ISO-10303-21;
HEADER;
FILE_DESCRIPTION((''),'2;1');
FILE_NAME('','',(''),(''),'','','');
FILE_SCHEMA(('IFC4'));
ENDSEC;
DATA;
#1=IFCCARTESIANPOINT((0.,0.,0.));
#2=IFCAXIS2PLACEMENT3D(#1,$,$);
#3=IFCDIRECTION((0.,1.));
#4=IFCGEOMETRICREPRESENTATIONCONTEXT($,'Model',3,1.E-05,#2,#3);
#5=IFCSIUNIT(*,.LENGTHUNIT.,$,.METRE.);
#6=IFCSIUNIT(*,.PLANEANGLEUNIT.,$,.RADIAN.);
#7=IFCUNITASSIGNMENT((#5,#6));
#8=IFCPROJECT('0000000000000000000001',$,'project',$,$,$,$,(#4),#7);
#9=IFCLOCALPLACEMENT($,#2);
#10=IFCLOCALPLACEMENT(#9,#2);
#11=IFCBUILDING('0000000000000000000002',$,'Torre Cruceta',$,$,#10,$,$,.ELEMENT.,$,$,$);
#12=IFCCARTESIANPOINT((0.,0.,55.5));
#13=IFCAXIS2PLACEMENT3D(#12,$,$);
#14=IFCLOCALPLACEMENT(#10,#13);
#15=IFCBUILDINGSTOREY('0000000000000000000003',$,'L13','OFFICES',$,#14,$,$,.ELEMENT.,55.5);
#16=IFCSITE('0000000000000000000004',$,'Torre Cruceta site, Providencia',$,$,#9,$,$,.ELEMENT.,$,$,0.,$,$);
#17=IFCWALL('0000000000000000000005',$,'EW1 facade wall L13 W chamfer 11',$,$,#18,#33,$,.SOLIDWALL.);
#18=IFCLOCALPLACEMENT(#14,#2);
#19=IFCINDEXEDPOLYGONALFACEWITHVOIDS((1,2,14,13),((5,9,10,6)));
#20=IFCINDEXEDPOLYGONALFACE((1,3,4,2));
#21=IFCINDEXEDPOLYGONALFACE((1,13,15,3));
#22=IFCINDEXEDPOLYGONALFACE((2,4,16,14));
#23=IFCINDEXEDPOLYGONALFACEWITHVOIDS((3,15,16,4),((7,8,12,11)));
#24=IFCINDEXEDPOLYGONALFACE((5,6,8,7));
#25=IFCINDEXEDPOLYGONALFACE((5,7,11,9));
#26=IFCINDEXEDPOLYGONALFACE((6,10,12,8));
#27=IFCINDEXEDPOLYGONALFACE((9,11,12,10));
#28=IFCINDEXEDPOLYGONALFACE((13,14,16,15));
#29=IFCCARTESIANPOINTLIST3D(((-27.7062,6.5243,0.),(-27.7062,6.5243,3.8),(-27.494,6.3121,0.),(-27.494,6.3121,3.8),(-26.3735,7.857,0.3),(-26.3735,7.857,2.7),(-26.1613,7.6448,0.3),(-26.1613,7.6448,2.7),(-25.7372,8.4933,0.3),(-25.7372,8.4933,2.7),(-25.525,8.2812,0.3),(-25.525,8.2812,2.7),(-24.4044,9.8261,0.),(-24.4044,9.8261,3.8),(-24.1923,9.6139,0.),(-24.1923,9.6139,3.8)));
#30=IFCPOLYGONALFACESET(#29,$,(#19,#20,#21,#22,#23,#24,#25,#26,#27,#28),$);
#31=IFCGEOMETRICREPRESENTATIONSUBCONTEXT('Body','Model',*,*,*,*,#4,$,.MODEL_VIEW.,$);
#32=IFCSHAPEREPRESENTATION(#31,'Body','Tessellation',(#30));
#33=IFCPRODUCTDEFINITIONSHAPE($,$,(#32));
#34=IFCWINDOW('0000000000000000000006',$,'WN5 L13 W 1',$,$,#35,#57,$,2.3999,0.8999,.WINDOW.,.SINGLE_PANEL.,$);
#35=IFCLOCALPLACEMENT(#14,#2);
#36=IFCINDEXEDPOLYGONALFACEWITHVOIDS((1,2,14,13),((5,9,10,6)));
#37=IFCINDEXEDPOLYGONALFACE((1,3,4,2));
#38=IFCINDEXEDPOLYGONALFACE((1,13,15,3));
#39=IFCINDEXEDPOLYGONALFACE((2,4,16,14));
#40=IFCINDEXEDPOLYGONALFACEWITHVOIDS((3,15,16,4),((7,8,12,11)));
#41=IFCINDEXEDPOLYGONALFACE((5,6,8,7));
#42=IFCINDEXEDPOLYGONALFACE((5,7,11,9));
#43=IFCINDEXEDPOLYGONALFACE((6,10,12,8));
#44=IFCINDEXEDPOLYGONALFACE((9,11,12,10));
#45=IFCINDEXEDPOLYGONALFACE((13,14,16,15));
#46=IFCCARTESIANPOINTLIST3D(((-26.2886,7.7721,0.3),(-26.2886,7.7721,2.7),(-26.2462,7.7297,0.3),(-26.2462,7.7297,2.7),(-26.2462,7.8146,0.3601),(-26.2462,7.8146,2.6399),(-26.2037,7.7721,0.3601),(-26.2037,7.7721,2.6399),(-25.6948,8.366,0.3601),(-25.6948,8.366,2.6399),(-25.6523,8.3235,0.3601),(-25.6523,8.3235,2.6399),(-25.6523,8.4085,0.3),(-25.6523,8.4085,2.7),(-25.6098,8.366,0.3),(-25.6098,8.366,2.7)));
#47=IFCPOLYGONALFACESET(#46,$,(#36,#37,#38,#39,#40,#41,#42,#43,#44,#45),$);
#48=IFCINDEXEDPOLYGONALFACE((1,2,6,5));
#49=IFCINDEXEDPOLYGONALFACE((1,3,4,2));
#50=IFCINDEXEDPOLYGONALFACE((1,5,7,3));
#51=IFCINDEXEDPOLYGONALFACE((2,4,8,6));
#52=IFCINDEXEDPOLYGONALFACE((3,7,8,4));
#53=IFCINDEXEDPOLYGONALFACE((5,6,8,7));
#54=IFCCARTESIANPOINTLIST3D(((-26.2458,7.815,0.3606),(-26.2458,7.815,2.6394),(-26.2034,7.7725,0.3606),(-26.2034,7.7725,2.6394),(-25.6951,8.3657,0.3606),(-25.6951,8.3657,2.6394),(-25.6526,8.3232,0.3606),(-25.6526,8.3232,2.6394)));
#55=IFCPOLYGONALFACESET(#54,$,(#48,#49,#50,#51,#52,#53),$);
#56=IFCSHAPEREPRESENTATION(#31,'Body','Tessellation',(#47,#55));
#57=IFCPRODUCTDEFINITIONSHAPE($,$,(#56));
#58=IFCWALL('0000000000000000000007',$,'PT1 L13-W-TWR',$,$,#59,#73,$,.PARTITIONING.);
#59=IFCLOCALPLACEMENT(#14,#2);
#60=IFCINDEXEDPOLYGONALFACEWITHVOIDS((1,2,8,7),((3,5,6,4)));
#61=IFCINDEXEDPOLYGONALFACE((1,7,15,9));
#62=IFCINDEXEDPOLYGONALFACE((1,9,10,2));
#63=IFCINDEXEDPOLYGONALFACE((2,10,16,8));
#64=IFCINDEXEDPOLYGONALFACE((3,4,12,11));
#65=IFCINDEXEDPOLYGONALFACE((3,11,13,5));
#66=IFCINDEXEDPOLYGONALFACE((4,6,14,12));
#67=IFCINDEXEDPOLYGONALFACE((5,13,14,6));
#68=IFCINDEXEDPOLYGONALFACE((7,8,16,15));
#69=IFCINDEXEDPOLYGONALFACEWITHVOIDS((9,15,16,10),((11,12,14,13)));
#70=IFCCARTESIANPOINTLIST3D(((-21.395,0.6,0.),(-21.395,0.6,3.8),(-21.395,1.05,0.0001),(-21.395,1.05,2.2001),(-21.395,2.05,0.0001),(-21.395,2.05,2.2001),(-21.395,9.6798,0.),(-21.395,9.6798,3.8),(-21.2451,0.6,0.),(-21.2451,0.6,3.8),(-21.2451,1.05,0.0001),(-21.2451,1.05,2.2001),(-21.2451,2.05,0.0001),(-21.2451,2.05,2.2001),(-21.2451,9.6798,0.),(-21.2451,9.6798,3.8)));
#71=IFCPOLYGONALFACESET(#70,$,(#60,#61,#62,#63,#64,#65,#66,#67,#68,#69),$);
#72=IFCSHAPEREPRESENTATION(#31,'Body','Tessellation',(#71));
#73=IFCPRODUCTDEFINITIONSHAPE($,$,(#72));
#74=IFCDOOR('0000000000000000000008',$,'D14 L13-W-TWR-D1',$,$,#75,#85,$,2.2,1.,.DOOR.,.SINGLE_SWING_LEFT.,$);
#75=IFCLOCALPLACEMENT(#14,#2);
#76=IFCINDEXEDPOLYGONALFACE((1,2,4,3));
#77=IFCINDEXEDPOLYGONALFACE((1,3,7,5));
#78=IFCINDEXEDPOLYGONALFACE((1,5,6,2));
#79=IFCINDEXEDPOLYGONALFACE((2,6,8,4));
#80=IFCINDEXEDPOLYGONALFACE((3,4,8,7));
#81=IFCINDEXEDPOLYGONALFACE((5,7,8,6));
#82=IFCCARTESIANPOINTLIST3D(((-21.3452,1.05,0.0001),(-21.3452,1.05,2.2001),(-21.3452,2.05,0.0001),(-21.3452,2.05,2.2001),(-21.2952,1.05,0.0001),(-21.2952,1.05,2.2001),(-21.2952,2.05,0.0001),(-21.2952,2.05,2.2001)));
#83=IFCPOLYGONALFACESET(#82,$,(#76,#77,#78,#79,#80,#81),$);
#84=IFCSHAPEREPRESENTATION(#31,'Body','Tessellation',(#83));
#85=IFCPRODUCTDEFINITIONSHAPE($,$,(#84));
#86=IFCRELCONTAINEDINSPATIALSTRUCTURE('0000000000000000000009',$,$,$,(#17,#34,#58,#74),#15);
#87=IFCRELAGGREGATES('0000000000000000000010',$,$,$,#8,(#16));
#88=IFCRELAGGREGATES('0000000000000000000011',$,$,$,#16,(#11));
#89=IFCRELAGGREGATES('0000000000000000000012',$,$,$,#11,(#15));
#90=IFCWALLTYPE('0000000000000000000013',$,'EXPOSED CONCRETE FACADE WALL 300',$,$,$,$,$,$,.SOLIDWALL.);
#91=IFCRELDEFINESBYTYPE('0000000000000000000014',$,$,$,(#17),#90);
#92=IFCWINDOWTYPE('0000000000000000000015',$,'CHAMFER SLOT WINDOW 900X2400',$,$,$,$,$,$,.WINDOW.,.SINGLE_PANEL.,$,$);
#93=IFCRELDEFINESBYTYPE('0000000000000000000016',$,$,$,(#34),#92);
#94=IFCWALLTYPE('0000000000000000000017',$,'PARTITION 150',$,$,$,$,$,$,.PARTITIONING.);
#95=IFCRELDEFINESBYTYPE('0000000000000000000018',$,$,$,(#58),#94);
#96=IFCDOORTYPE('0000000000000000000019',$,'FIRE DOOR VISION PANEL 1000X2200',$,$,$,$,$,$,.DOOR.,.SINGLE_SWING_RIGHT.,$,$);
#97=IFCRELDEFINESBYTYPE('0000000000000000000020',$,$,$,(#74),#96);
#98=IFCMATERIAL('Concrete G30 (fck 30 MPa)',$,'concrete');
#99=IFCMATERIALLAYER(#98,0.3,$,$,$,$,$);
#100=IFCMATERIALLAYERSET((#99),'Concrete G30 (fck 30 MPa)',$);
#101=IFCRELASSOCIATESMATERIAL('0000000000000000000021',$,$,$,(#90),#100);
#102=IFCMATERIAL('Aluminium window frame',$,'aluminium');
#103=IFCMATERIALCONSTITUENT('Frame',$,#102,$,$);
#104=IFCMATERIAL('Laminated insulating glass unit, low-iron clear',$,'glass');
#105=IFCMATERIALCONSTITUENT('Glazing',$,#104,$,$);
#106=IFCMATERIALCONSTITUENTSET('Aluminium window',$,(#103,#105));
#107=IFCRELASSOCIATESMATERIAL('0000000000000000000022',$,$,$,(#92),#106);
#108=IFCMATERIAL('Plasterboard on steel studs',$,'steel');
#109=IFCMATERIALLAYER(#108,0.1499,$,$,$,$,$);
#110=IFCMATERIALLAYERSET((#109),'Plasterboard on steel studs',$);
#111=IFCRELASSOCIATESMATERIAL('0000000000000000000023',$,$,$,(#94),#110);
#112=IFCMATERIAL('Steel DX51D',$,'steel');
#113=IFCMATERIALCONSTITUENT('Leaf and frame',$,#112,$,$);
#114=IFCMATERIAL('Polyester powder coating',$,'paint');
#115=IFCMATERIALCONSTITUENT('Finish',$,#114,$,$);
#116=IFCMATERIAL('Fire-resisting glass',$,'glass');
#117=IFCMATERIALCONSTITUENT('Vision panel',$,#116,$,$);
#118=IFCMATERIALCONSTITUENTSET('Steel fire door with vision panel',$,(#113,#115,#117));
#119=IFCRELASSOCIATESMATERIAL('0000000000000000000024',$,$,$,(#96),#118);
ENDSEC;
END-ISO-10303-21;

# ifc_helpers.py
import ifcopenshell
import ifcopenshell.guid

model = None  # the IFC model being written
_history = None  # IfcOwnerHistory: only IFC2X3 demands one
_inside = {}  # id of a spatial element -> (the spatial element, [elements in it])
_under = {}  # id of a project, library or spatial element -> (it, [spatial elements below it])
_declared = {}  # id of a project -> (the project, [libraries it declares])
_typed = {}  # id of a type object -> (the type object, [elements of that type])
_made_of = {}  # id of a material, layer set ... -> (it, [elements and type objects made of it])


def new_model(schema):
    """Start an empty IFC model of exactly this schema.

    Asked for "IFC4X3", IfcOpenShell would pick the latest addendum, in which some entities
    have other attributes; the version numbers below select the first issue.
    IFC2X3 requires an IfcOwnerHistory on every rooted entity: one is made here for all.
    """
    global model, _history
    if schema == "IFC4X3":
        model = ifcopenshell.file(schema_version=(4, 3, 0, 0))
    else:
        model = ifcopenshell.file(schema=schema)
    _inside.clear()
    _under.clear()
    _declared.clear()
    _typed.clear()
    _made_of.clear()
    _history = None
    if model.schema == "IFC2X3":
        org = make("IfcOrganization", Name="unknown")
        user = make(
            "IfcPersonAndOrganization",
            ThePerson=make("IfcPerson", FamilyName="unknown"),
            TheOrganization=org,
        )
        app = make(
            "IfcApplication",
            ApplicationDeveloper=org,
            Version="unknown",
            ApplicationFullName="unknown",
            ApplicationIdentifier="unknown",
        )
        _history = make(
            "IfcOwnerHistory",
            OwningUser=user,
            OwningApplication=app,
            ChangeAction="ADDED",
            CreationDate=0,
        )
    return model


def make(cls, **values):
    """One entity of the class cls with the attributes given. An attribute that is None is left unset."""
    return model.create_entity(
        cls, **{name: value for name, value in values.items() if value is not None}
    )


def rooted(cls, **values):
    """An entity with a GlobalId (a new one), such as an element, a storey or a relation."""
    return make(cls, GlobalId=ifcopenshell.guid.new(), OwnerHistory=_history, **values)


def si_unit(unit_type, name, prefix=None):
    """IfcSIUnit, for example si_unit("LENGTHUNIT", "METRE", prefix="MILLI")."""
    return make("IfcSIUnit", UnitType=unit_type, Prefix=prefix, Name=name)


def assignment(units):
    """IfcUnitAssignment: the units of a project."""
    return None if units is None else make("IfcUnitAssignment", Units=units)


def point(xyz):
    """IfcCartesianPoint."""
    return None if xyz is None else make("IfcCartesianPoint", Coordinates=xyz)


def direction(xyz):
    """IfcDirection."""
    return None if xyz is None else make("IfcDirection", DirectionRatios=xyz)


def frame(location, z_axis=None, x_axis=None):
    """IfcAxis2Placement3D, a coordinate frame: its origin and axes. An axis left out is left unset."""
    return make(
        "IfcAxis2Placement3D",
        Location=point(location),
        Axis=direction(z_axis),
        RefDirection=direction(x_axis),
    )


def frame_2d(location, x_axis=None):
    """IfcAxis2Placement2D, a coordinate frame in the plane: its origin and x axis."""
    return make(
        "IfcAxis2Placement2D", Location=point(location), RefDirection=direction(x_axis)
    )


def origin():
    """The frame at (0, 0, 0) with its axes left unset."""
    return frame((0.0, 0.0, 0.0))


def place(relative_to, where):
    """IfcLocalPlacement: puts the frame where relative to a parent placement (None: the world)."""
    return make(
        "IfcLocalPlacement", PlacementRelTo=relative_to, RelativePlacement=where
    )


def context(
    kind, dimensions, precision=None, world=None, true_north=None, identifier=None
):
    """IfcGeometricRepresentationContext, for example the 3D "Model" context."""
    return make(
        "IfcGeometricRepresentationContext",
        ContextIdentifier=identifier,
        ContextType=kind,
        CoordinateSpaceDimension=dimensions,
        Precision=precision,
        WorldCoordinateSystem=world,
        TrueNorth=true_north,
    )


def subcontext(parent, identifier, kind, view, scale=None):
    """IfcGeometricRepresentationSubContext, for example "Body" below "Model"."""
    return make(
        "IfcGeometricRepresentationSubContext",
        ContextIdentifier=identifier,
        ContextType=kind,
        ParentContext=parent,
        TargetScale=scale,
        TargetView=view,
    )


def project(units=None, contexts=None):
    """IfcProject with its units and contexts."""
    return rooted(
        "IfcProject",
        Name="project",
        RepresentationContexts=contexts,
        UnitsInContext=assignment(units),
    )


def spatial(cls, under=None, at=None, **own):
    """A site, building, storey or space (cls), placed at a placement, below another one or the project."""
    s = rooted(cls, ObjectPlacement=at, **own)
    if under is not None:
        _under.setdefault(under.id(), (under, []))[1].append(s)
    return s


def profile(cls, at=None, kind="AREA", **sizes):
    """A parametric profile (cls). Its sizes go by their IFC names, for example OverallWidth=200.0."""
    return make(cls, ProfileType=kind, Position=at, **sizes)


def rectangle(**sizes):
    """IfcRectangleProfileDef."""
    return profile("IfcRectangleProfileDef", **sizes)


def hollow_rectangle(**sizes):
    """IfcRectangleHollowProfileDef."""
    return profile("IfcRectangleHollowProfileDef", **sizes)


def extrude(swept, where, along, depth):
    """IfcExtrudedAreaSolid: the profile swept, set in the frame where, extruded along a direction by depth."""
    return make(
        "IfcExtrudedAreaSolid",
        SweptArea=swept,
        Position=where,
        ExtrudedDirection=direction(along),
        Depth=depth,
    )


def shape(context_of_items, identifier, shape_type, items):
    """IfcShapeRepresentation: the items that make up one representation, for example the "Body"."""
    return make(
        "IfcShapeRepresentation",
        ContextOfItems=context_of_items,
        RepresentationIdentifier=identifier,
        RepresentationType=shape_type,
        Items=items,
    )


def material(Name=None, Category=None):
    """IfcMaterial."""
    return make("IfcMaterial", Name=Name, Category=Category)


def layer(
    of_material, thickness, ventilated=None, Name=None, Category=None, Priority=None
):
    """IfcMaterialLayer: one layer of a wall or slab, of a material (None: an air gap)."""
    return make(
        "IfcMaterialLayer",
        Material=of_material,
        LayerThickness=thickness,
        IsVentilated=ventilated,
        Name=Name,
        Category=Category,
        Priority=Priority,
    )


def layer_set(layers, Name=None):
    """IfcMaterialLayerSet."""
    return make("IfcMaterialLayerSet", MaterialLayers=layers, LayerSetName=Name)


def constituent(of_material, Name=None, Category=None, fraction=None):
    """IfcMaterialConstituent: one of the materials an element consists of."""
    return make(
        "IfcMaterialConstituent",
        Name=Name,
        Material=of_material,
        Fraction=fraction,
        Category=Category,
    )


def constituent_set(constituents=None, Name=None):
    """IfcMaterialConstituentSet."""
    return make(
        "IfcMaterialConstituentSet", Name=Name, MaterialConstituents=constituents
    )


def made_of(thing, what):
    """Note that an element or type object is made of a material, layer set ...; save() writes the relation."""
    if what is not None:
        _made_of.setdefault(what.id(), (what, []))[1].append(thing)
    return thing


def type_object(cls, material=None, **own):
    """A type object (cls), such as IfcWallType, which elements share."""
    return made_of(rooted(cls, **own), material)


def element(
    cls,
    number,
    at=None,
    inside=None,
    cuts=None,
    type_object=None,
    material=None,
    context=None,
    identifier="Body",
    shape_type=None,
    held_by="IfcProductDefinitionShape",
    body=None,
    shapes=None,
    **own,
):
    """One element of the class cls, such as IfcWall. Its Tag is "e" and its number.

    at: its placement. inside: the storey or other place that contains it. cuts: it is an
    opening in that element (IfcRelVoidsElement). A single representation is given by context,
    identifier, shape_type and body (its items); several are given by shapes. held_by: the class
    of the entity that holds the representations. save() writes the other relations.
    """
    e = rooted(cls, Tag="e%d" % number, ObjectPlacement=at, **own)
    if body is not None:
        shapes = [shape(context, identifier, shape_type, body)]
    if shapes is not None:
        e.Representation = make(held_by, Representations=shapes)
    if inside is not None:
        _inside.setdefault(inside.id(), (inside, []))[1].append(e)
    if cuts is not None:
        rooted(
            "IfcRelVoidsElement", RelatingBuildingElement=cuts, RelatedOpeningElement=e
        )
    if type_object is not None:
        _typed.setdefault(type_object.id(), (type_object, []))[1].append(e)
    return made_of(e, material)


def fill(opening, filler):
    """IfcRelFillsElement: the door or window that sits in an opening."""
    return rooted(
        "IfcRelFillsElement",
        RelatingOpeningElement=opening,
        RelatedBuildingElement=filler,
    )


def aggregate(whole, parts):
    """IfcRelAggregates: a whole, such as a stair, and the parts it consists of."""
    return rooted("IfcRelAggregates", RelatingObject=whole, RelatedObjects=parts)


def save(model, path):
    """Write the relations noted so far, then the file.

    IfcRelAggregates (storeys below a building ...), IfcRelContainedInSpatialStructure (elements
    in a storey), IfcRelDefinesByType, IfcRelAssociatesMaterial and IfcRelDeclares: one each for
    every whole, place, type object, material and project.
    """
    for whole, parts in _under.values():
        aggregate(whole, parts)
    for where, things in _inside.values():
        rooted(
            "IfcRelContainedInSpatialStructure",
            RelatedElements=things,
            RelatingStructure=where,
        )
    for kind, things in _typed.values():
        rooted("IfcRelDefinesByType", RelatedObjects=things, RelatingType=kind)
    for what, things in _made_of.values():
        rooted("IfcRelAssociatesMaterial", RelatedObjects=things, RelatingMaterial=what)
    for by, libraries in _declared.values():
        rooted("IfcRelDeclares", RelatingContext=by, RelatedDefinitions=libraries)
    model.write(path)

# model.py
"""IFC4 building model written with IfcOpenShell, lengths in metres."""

from ifc_helpers import new_model, si_unit, direction, frame, frame_2d, origin, place, context, subcontext, project, spatial, rectangle, hollow_rectangle, extrude, material, layer, layer_set, constituent, constituent_set, type_object, element, fill, save


model = new_model("IFC4")

# Units and contexts
model_context = context("Model", 3, precision=1e-05, world=origin(), true_north=direction((0.0, 1.0)))
body_context = subcontext(model_context, "Body", "Model", "MODEL_VIEW")
ifc_project = project(units=[si_unit("LENGTHUNIT", "METRE"), si_unit("PLANEANGLEUNIT", "RADIAN")], contexts=[model_context])

# Site, building, storey
site_placement = place(None, origin())
site = spatial("IfcSite", under=ifc_project, at=site_placement, Name="Torre Cruceta site, Providencia", CompositionType="ELEMENT", RefElevation=0.0)
building_placement = place(site_placement, origin())
building = spatial("IfcBuilding", under=site, at=building_placement, Name="Torre Cruceta", CompositionType="ELEMENT")
storey_placement = place(building_placement, frame((0.0, 0.0, 55.5)))
storey = spatial("IfcBuildingStorey", under=building, at=storey_placement, Name="L13", Description="OFFICES", CompositionType="ELEMENT", Elevation=55.5)

# Wall, opening, window
ifc_material_1 = material(Name="Concrete G30 (fck 30 MPa)", Category="concrete")
ifc_layer_1 = layer(ifc_material_1, 0.3)
ifc_layer_set_1 = layer_set([ifc_layer_1], Name="Concrete G30 (fck 30 MPa)")
wall_type_1 = type_object("IfcWallType", Name="EXPOSED CONCRETE FACADE WALL 300", PredefinedType="SOLIDWALL", material=ifc_layer_set_1)
wall_1_placement = place(storey_placement, frame((-24.2983, 9.72, 0.0), z_axis=(0.0, 0.0, 1.0), x_axis=(-0.707107, -0.707107, 0.0)))
wall_1 = element("IfcWall", 1, at=wall_1_placement, inside=storey, type_object=wall_type_1, Name="EW1 facade wall L13 W chamfer 11", PredefinedType="SOLIDWALL", context=body_context, shape_type="SweptSolid", body=[
    extrude(rectangle(XDim=4.6694, YDim=0.3, at=frame_2d((2.3347, 0.0))), origin(), (0.0, 0.0, 1.0), 3.8),
])
opening_1_placement = place(wall_1_placement, frame((1.8848, 0.0, 0.3)))
opening_1 = element("IfcOpeningElement", 2, at=opening_1_placement, cuts=wall_1, PredefinedType="OPENING", context=body_context, shape_type="SweptSolid", body=[
    extrude(rectangle(XDim=0.8999, YDim=2.3999, at=frame_2d((0.45, 1.2))), frame((0.0, 0.1599, 0.0), z_axis=(0.0, -1.0, 0.0), x_axis=(1.0, 0.0, 0.0)), (0.0, 0.0, 1.0), 0.3201),
])
ifc_material_2 = material(Name="Aluminium window frame", Category="aluminium")
ifc_constituent_1 = constituent(ifc_material_2, Name="Frame")
ifc_material_3 = material(Name="Laminated insulating glass unit, low-iron clear", Category="glass")
ifc_constituent_2 = constituent(ifc_material_3, Name="Glazing")
ifc_constituent_set_1 = constituent_set(constituents=[ifc_constituent_1, ifc_constituent_2], Name="Aluminium window")
window_type = type_object("IfcWindowType", Name="CHAMFER SLOT WINDOW 900X2400", PartitioningType="SINGLE_PANEL", PredefinedType="WINDOW", material=ifc_constituent_set_1)
window_placement = place(opening_1_placement, origin())
window = element("IfcWindow", 3, at=window_placement, inside=storey, type_object=window_type, Name="WN5 L13 W 1", OverallHeight=2.3999, OverallWidth=0.8999, PartitioningType="SINGLE_PANEL", PredefinedType="WINDOW", context=body_context, shape_type="SweptSolid", body=[
    extrude(hollow_rectangle(XDim=0.8999, YDim=2.3999, WallThickness=0.0601, at=frame_2d((0.45, 1.2))), frame((0.0, 0.03, 0.0), z_axis=(0.0, -1.0, 0.0), x_axis=(1.0, 0.0, 0.0)), (0.0, 0.0, 1.0), 0.0601),
    extrude(rectangle(XDim=0.7788, YDim=2.2788, at=frame_2d((0.45, 1.2))), frame((0.0, 0.03, 0.0), z_axis=(0.0, -1.0, 0.0), x_axis=(1.0, 0.0, 0.0)), (0.0, 0.0, 1.0), 0.0601),
])
fill(opening_1, window)

# Wall, opening, door
ifc_material_4 = material(Name="Plasterboard on steel studs", Category="steel")
ifc_layer_2 = layer(ifc_material_4, 0.1499)
ifc_layer_set_2 = layer_set([ifc_layer_2], Name="Plasterboard on steel studs")
wall_type_2 = type_object("IfcWallType", Name="PARTITION 150", PredefinedType="PARTITIONING", material=ifc_layer_set_2)
wall_2_placement = place(storey_placement, frame((-21.3201, 9.6799, 0.0), z_axis=(0.0, 0.0, 1.0), x_axis=(0.0, -1.0, 0.0)))
wall_2 = element("IfcWall", 4, at=wall_2_placement, inside=storey, type_object=wall_type_2, Name="PT1 L13-W-TWR", PredefinedType="PARTITIONING", context=body_context, shape_type="SweptSolid", body=[
    extrude(rectangle(XDim=9.0798, YDim=0.1499, at=frame_2d((4.54, 0.0))), origin(), (0.0, 0.0, 1.0), 3.8),
])
opening_2_placement = place(wall_2_placement, frame((7.6299, 0.0, 0.0)))
opening_2 = element("IfcOpeningElement", 5, at=opening_2_placement, cuts=wall_2, PredefinedType="OPENING", context=body_context, shape_type="SweptSolid", body=[
    extrude(rectangle(XDim=1.0, YDim=2.2, at=frame_2d((0.5, 1.1001))), frame((0.0, 0.085, 0.0), z_axis=(0.0, -1.0, 0.0), x_axis=(1.0, 0.0, 0.0)), (0.0, 0.0, 1.0), 0.1699),
])
ifc_material_5 = material(Name="Steel DX51D", Category="steel")
ifc_constituent_3 = constituent(ifc_material_5, Name="Leaf and frame")
ifc_material_6 = material(Name="Polyester powder coating", Category="paint")
ifc_constituent_4 = constituent(ifc_material_6, Name="Finish")
ifc_material_7 = material(Name="Fire-resisting glass", Category="glass")
ifc_constituent_5 = constituent(ifc_material_7, Name="Vision panel")
ifc_constituent_set_2 = constituent_set(constituents=[ifc_constituent_3, ifc_constituent_4, ifc_constituent_5], Name="Steel fire door with vision panel")
door_type = type_object("IfcDoorType", Name="FIRE DOOR VISION PANEL 1000X2200", OperationType="SINGLE_SWING_RIGHT", PredefinedType="DOOR", material=ifc_constituent_set_2)
door_placement = place(opening_2_placement, frame((1.0, 0.0, 0.0), z_axis=(0.0, 0.0, 1.0), x_axis=(-1.0, 0.0, 0.0)))
door = element("IfcDoor", 6, at=door_placement, inside=storey, type_object=door_type, Name="D14 L13-W-TWR-D1", OperationType="SINGLE_SWING_LEFT", OverallHeight=2.2, OverallWidth=1.0, PredefinedType="DOOR", context=body_context, shape_type="SweptSolid", body=[
    extrude(rectangle(XDim=1.0, YDim=2.2, at=frame_2d((0.5, 1.1001))), frame((0.0, 0.0251, 0.0), z_axis=(0.0, -1.0, 0.0), x_axis=(1.0, 0.0, 0.0)), (0.0, 0.0, 1.0), 0.05),
])
fill(opening_2, door)

save(model, "model.ifc")
